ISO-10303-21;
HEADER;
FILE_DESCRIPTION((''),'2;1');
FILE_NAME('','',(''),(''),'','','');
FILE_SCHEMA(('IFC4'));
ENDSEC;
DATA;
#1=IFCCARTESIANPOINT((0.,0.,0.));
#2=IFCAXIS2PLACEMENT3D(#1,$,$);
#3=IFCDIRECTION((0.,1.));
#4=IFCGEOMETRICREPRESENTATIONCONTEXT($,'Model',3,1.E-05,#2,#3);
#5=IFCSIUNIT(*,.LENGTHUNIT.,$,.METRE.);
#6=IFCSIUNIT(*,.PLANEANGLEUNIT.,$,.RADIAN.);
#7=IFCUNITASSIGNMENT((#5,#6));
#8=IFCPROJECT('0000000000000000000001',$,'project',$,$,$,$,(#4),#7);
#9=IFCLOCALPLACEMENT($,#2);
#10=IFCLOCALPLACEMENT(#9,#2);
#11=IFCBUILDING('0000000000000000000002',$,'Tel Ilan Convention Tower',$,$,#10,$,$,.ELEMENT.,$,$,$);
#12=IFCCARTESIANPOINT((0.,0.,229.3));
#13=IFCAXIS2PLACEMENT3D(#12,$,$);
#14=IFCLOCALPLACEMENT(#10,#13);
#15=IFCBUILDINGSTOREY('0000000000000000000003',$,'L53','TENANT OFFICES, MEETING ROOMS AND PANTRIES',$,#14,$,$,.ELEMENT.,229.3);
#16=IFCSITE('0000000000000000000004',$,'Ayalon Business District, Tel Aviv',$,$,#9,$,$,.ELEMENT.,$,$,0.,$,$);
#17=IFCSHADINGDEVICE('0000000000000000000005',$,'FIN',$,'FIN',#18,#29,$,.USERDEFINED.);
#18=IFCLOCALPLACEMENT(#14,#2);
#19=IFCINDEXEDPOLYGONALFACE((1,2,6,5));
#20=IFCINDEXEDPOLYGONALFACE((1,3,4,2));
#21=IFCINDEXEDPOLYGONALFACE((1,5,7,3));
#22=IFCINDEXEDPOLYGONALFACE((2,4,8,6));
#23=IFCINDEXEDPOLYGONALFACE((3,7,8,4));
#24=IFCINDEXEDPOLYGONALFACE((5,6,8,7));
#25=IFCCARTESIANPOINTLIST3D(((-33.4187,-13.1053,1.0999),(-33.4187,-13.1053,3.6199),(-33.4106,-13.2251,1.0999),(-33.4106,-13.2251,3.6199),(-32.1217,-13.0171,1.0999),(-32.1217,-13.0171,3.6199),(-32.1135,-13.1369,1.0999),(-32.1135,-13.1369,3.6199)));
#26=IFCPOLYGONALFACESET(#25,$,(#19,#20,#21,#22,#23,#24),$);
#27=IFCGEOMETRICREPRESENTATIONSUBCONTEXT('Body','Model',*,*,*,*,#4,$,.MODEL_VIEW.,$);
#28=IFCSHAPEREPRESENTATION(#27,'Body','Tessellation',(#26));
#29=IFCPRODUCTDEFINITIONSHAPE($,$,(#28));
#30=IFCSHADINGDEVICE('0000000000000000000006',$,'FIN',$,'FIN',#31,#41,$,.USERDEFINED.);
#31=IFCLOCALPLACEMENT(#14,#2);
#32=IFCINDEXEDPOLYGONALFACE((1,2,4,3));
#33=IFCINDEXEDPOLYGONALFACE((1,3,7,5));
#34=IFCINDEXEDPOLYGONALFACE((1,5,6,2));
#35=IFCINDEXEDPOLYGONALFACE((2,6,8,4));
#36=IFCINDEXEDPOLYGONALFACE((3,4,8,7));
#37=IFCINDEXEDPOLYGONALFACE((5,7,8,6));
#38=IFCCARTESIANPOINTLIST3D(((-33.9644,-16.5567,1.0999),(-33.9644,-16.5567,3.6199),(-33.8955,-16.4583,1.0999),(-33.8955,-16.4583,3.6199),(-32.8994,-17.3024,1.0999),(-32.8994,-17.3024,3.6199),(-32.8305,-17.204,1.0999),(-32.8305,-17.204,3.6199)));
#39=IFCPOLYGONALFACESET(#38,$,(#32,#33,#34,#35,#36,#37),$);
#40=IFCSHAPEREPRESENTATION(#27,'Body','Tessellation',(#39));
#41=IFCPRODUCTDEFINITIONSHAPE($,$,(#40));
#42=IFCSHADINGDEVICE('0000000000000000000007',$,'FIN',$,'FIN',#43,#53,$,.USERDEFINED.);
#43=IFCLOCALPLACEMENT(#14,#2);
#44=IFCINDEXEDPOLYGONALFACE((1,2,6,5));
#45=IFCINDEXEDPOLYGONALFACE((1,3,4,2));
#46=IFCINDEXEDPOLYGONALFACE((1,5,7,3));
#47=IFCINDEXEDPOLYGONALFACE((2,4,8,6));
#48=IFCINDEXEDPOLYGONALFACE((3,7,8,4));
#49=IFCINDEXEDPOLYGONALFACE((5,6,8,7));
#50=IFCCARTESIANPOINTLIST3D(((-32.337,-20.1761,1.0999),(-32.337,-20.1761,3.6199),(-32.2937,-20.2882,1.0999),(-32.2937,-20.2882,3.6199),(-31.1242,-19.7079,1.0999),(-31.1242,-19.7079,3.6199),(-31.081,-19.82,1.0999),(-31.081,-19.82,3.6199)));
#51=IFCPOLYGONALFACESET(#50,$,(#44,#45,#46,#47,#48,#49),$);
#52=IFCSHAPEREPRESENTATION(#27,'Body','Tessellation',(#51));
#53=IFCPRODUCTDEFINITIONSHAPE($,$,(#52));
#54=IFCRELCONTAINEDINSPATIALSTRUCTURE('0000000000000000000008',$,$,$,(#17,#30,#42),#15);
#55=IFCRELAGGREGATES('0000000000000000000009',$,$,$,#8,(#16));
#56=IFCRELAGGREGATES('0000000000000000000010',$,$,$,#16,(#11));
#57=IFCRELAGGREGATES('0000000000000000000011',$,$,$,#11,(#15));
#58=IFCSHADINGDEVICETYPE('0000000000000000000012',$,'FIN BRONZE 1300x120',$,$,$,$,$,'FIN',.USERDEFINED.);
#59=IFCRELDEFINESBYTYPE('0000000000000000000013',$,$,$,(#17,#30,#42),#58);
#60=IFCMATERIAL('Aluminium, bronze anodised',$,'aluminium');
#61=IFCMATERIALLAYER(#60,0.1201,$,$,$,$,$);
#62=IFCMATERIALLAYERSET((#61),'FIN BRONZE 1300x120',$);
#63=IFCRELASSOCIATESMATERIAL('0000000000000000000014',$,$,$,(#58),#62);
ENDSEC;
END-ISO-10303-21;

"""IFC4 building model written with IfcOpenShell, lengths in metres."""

from ifc_helpers import new_model, si_unit, direction, frame, origin, origin_2d, place, context, subcontext, project, spatial, rectangle, extrude, material, layer, layer_set, type_object, element, save


model = new_model("IFC4")

# Units and contexts
model_context = context("Model", 3, precision=1e-05, world=origin(), true_north=direction((0.0, 1.0)))
body_context = subcontext(model_context, "Body", "Model", "MODEL_VIEW")
ifc_project = project(units=[si_unit("LENGTHUNIT", "METRE"), si_unit("PLANEANGLEUNIT", "RADIAN")], contexts=[model_context])

# Site, building, storey
site_placement = place(None, origin())
site = spatial("IfcSite", under=ifc_project, at=site_placement, Name="Ayalon Business District, Tel Aviv", CompositionType="ELEMENT", RefElevation=0.0)
building_placement = place(site_placement, origin())
building = spatial("IfcBuilding", under=site, at=building_placement, Name="Tel Ilan Convention Tower", CompositionType="ELEMENT")
storey_placement = place(building_placement, frame((0.0, 0.0, 229.3)))
storey = spatial("IfcBuildingStorey", under=building, at=storey_placement, Name="L53", Description="TENANT OFFICES, MEETING ROOMS AND PANTRIES", CompositionType="ELEMENT", Elevation=229.3)

# Shading devices
ifc_material_1 = material(Name="Aluminium, bronze anodised", Category="aluminium")
ifc_layer_1 = layer(ifc_material_1, 0.1201)
ifc_layer_set_1 = layer_set([ifc_layer_1], Name="FIN BRONZE 1300x120")
shading_device_type = type_object("IfcShadingDeviceType", Name="FIN BRONZE 1300x120", ElementType="FIN", PredefinedType="USERDEFINED", material=ifc_layer_set_1)
for number, where, z_axis, x_axis, name in (
    (1, (-32.7661, -13.1211, 1.0999), (0.0, 0.0, 1.0), (-0.997697, -0.067822, 0.0), "FIN"),
    (2, (-33.3975, -16.8804, 1.0999), (0.0, 0.0, 1.0), (-0.819152, 0.573576, 0.0), "FIN"),
    (3, (-31.709, -19.998, 1.0999), (0.0, 0.0, 1.0), (-0.932884, -0.360178, 0.0), "FIN"),
):
    element("IfcShadingDevice", number, at=place(storey_placement, frame(where, z_axis=z_axis, x_axis=x_axis)), inside=storey, type_object=shading_device_type, Name=name, ObjectType="FIN", PredefinedType="USERDEFINED", context=body_context, shape_type="SweptSolid", body=[
        extrude(rectangle(XDim=1.3, YDim=0.1201, at=origin_2d()), origin(), (0.0, 0.0, 1.0), 2.52),
    ])

save(model, "model.ifc")
